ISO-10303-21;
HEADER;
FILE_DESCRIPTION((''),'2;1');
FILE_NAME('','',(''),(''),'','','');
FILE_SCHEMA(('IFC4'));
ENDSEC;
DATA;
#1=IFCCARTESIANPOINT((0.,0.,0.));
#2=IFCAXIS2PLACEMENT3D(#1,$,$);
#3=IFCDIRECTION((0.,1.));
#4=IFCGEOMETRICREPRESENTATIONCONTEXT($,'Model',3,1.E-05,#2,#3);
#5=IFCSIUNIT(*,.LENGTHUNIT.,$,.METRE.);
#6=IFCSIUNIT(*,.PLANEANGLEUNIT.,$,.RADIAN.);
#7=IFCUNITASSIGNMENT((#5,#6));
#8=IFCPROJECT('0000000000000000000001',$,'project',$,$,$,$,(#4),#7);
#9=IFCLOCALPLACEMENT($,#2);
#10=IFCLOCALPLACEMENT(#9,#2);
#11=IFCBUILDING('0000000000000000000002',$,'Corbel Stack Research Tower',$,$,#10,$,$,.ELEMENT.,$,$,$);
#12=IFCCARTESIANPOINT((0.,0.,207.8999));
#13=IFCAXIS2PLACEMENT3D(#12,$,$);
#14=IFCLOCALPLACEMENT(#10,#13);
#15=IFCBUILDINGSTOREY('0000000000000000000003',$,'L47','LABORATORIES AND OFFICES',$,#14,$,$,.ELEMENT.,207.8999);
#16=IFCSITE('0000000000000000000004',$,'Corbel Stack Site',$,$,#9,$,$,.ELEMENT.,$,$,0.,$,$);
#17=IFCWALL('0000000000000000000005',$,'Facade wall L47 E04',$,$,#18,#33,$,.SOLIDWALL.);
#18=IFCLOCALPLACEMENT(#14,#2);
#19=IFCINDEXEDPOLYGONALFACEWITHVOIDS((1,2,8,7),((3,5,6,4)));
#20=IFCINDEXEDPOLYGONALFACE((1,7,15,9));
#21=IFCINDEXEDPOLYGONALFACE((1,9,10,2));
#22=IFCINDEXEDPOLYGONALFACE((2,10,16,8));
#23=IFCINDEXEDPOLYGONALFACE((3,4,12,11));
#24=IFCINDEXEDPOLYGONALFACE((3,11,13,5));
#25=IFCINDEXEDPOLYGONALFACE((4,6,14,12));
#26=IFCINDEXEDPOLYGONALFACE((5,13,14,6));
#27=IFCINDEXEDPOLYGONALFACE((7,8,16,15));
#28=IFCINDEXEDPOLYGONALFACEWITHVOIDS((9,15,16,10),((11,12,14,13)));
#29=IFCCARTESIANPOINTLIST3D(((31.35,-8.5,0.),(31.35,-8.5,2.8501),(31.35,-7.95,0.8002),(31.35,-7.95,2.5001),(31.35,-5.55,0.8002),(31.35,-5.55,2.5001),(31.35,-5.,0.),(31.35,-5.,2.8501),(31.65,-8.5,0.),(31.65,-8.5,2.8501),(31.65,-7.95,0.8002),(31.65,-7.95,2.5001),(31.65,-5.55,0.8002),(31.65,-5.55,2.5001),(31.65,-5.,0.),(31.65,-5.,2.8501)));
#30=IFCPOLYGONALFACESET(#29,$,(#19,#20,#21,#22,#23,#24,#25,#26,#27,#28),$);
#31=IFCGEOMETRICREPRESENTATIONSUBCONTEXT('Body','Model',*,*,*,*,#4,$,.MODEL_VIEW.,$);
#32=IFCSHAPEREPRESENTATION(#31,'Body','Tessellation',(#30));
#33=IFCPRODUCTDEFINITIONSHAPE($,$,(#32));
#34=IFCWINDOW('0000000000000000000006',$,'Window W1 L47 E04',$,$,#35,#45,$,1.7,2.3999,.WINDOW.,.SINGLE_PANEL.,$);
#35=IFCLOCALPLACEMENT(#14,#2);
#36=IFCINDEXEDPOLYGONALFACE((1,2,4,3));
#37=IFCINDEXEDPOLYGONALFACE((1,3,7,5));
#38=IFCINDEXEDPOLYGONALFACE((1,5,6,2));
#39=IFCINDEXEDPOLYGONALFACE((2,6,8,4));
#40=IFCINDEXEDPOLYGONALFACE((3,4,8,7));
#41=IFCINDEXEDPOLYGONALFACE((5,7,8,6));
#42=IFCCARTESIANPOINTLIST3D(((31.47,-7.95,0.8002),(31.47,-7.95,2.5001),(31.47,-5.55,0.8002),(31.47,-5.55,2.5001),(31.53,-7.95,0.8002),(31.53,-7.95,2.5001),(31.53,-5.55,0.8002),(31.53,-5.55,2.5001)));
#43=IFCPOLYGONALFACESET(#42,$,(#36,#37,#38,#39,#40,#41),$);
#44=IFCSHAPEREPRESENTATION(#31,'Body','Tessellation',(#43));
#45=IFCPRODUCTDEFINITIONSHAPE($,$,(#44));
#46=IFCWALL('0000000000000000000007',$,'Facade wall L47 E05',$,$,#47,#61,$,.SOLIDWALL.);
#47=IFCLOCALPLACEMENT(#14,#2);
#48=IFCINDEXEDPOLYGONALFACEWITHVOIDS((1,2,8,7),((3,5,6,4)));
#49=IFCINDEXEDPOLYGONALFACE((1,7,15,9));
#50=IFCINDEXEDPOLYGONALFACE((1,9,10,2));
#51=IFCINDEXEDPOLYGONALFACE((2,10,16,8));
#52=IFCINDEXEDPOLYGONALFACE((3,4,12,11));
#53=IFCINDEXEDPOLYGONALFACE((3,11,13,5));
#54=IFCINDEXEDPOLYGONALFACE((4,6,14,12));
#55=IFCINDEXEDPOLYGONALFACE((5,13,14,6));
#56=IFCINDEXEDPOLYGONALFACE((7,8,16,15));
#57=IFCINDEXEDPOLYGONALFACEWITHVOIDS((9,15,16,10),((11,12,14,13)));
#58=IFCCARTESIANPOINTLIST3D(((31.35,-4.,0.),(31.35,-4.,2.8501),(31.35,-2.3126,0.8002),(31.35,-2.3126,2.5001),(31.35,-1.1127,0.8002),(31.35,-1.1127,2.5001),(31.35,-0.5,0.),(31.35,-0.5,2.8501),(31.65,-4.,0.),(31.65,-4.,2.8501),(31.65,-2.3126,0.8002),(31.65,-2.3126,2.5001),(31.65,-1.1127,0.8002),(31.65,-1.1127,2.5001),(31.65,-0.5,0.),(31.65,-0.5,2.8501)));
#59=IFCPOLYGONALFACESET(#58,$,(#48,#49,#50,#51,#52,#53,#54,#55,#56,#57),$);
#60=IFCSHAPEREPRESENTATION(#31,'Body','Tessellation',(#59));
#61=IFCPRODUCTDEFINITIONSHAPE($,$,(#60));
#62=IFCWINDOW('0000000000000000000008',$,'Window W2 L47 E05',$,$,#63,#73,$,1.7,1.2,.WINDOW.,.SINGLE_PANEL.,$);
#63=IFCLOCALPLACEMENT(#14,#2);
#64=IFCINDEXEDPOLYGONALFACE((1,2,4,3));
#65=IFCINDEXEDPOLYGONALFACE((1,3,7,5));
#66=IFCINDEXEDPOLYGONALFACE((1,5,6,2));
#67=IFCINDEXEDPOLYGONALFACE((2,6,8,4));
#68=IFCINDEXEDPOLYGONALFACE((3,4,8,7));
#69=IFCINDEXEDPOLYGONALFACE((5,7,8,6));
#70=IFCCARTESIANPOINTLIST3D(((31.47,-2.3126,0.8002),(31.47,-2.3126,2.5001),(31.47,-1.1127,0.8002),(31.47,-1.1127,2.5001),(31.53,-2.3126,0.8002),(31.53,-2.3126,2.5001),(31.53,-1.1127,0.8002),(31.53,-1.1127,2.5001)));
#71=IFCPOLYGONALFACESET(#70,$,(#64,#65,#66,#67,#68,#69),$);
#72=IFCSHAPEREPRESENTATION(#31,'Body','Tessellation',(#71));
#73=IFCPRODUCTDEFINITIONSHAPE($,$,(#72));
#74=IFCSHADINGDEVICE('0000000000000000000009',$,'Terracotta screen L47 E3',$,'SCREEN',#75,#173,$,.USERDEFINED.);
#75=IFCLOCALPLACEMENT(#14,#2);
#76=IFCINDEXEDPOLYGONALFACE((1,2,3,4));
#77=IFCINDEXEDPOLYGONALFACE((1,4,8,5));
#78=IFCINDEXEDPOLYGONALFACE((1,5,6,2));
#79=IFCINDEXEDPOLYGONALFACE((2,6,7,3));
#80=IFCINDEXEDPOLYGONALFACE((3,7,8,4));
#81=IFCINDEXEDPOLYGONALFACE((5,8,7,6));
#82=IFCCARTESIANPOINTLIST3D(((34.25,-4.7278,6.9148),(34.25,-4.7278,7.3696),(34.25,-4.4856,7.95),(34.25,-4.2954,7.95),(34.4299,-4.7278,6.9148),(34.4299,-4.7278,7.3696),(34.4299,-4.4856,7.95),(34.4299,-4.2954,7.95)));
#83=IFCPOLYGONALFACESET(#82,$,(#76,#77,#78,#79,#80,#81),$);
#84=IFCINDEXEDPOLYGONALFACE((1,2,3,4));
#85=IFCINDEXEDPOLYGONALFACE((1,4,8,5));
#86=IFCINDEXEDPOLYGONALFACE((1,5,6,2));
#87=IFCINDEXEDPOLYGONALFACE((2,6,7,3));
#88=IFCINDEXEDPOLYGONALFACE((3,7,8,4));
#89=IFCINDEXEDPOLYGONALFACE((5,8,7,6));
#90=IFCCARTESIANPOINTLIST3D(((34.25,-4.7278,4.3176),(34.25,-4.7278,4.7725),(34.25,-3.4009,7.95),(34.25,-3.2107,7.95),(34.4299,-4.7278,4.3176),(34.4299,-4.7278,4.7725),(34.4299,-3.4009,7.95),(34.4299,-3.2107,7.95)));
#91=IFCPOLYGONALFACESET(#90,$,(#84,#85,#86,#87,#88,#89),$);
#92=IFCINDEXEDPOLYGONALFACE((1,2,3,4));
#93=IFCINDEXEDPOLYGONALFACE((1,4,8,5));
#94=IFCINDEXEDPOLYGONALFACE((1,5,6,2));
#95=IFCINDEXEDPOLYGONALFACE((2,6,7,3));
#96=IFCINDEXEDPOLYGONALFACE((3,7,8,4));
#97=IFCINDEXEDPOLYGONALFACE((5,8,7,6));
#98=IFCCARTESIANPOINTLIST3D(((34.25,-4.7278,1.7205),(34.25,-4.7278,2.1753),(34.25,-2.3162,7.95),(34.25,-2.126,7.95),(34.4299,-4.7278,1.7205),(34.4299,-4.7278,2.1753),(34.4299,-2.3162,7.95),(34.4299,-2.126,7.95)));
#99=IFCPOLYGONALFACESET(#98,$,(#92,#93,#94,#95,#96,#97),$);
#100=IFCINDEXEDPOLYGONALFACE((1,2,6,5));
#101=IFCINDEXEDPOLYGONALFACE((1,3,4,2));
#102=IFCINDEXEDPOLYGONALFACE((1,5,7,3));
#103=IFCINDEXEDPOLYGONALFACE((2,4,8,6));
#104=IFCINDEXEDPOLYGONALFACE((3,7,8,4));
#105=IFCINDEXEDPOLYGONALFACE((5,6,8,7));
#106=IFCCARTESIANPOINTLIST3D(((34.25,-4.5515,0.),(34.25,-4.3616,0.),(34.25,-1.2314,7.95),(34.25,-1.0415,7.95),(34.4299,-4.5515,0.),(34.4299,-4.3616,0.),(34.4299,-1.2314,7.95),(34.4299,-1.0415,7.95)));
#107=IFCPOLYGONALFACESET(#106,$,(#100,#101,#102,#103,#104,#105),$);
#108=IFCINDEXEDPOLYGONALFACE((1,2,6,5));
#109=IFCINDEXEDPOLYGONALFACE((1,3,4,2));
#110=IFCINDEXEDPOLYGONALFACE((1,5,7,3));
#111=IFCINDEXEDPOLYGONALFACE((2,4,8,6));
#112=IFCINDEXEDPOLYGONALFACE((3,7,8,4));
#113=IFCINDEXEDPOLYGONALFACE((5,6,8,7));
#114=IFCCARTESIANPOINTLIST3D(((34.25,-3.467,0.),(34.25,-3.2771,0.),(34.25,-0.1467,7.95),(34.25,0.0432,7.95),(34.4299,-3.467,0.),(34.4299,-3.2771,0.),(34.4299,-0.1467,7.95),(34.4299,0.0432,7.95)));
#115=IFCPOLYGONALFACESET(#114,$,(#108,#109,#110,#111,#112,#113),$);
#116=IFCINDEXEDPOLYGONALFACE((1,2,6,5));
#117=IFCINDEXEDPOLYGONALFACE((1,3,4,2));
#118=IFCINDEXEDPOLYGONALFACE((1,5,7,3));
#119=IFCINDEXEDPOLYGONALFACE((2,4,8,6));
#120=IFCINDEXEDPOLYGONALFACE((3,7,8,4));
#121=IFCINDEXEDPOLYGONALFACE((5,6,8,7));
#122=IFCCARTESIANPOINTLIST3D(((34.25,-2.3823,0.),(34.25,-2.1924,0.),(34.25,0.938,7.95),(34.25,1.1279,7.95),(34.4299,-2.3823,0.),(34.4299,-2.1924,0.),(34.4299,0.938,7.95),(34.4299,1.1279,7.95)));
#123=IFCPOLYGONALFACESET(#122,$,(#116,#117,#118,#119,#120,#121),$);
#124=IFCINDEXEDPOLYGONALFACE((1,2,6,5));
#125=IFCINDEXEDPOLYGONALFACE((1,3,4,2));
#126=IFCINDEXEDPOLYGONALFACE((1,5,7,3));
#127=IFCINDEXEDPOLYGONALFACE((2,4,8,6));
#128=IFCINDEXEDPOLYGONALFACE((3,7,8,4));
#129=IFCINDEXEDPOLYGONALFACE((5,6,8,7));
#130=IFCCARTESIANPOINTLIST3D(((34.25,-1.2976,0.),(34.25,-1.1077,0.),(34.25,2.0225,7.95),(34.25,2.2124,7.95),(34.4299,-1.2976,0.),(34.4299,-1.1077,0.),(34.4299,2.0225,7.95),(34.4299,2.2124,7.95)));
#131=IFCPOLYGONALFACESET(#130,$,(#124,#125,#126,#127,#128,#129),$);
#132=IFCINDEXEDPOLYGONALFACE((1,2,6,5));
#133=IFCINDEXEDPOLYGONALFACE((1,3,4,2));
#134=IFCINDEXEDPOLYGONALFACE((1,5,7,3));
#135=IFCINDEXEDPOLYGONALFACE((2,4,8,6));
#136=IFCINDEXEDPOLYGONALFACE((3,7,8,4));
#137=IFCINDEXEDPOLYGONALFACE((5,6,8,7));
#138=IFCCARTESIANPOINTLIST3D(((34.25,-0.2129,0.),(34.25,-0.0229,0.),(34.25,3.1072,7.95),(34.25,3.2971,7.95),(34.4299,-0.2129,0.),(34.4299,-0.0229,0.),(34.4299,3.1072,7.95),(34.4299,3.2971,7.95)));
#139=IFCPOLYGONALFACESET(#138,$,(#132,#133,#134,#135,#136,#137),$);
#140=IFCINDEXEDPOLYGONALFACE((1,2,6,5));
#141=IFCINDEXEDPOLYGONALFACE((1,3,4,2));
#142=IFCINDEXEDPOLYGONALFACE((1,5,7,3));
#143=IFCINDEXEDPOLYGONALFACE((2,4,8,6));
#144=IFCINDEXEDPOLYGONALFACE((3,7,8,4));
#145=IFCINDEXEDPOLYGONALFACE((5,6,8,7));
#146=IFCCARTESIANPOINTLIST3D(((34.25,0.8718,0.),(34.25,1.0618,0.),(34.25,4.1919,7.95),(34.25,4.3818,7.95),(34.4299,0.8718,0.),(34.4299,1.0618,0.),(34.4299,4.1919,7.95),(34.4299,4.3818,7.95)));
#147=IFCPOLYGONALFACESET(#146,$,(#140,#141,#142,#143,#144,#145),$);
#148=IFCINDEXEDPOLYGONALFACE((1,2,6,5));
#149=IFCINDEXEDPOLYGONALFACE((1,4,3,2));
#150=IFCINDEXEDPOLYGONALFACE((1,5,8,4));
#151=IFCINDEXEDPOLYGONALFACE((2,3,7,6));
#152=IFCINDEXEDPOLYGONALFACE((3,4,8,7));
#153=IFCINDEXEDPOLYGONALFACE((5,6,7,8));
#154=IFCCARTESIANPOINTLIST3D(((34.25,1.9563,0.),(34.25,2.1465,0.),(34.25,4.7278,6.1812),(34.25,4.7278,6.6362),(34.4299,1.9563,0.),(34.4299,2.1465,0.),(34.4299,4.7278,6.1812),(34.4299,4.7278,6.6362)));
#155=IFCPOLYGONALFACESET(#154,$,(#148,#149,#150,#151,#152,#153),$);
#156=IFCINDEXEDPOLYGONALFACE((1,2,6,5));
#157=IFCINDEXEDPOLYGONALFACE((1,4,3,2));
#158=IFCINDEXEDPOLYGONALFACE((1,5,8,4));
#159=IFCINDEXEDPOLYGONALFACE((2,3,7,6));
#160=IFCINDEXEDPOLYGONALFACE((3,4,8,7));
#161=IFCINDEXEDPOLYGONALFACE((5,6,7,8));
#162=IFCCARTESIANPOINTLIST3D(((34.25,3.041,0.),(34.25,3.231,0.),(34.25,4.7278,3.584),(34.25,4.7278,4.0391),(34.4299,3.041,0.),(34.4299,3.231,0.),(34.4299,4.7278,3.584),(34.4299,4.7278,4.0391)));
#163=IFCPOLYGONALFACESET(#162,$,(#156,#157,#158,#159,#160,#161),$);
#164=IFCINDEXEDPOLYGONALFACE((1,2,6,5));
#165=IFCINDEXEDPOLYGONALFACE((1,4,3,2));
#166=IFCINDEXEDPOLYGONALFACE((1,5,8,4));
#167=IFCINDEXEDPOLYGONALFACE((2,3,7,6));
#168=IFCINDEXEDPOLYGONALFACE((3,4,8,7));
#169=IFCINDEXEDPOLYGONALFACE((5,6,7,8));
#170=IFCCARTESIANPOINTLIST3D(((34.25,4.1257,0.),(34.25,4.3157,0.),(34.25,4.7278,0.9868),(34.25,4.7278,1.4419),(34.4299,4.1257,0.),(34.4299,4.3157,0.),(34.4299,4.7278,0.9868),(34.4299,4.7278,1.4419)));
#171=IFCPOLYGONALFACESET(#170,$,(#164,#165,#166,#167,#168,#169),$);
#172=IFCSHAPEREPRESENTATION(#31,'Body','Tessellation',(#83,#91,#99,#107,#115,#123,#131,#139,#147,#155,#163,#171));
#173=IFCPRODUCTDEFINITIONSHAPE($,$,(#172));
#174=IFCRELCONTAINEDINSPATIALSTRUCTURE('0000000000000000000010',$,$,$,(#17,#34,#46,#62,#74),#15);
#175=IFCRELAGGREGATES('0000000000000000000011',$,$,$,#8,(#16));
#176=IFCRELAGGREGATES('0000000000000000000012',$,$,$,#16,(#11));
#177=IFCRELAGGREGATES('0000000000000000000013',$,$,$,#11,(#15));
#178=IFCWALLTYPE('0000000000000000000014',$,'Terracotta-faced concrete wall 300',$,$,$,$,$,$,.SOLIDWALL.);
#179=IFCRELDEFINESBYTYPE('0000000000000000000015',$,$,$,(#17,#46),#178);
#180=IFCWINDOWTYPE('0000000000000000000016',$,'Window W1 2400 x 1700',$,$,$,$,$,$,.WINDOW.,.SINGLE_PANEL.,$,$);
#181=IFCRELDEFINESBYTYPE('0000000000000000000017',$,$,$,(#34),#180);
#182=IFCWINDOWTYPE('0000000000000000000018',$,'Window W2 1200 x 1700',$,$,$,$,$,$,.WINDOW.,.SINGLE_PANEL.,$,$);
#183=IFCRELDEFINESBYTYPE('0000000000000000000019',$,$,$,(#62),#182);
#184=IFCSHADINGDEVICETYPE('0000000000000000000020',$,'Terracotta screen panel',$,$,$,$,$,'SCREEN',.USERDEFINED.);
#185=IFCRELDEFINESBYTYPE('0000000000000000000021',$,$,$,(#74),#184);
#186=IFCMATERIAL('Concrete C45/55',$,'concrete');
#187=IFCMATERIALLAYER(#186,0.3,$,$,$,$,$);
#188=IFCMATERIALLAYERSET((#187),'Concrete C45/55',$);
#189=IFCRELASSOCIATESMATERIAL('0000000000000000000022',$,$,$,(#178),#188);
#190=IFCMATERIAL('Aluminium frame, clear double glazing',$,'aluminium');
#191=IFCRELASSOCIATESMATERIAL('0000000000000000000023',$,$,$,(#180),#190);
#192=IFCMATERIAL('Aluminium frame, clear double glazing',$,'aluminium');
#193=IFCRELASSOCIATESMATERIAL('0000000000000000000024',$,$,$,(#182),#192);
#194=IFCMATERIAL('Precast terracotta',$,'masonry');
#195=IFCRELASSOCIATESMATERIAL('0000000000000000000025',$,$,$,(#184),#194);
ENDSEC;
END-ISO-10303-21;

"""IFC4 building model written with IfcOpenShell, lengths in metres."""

from ifc_helpers import new_model, si_unit, direction, frame, frame_2d, origin, place, context, subcontext, project, spatial, polyline, rectangle, outline, extrude, source, transform, mapped, material, layer, layer_set, type_object, element, fill, save


model = new_model("IFC4")

# Units and contexts
model_context = context("Model", 3, precision=1e-05, world=origin(), true_north=direction((0.0, 1.0)))
body_context = subcontext(model_context, "Body", "Model", "MODEL_VIEW")
ifc_project = project(units=[si_unit("LENGTHUNIT", "METRE"), si_unit("PLANEANGLEUNIT", "RADIAN")], contexts=[model_context])

# Site, building, storey
site_placement = place(None, origin())
site = spatial("IfcSite", under=ifc_project, at=site_placement, Name="Corbel Stack Site", CompositionType="ELEMENT", RefElevation=0.0)
building_placement = place(site_placement, origin())
building = spatial("IfcBuilding", under=site, at=building_placement, Name="Corbel Stack Research Tower", CompositionType="ELEMENT")
storey_placement = place(building_placement, frame((0.0, 0.0, 207.8999)))
storey = spatial("IfcBuildingStorey", under=building, at=storey_placement, Name="L47", Description="LABORATORIES AND OFFICES", CompositionType="ELEMENT", Elevation=207.8999)

# Walls, openings, windows
ifc_material_1 = material(Name="Concrete C45/55", Category="concrete")
ifc_layer_1 = layer(ifc_material_1, 0.3)
ifc_layer_set_1 = layer_set([ifc_layer_1], Name="Concrete C45/55")
wall_type_1 = type_object("IfcWallType", Name="Terracotta-faced concrete wall 300", PredefinedType="SOLIDWALL", material=ifc_layer_set_1)
wall_1_placement = place(storey_placement, frame((31.5, -5.0, 0.0), z_axis=(0.0, 0.0, 1.0), x_axis=(0.0, -1.0, 0.0)))
wall_1 = element("IfcWall", 1, at=wall_1_placement, inside=storey, type_object=wall_type_1, Name="Facade wall L47 E04", PredefinedType="SOLIDWALL", context=body_context, shape_type="SweptSolid", body=[
    extrude(rectangle(XDim=3.5, YDim=0.3, at=frame_2d((1.75, 0.0))), origin(), (0.0, 0.0, 1.0), 2.8501),
])
opening_1_placement = place(wall_1_placement, frame((0.55, 0.0, 0.8)))
opening_1 = element("IfcOpeningElement", 2, at=opening_1_placement, cuts=wall_1, PredefinedType="OPENING", context=body_context, shape_type="SweptSolid", body=[
    extrude(rectangle(XDim=2.3999, YDim=1.7, at=frame_2d((1.2, 0.8501))), frame((0.0, 0.1599, 0.0), z_axis=(0.0, -1.0, 0.0), x_axis=(1.0, 0.0, 0.0)), (0.0, 0.0, 1.0), 0.3201),
])
ifc_material_2 = material(Name="Aluminium frame, clear double glazing", Category="aluminium")
window_type_1 = type_object("IfcWindowType", Name="Window W1 2400 x 1700", PartitioningType="SINGLE_PANEL", PredefinedType="WINDOW", material=ifc_material_2)
window_1_placement = place(opening_1_placement, origin())
window_1 = element("IfcWindow", 3, at=window_1_placement, inside=storey, type_object=window_type_1, Name="Window W1 L47 E04", OverallHeight=1.7, OverallWidth=2.3999, PartitioningType="SINGLE_PANEL", PredefinedType="WINDOW", context=body_context, shape_type="SweptSolid", body=[
    extrude(rectangle(XDim=2.3999, YDim=1.7, at=frame_2d((1.2, 0.8501))), frame((0.0, 0.03, 0.0), z_axis=(0.0, -1.0, 0.0), x_axis=(1.0, 0.0, 0.0)), (0.0, 0.0, 1.0), 0.0601),
])
fill(opening_1, window_1)
wall_2_placement = place(storey_placement, frame((31.5, -0.5, 0.0), z_axis=(0.0, 0.0, 1.0), x_axis=(0.0, -1.0, 0.0)))
wall_2 = element("IfcWall", 4, at=wall_2_placement, inside=storey, type_object=wall_type_1, Name="Facade wall L47 E05", PredefinedType="SOLIDWALL", context=body_context, shape_type="SweptSolid", body=[
    extrude(rectangle(XDim=3.5, YDim=0.3, at=frame_2d((1.75, 0.0))), origin(), (0.0, 0.0, 1.0), 2.8501),
])
opening_2_placement = place(wall_2_placement, frame((0.6125, 0.0, 0.8)))
opening_2 = element("IfcOpeningElement", 5, at=opening_2_placement, cuts=wall_2, PredefinedType="OPENING", context=body_context, shape_type="SweptSolid", body=[
    extrude(rectangle(XDim=1.2, YDim=1.7, at=frame_2d((0.6001, 0.8501))), frame((0.0, 0.1599, 0.0), z_axis=(0.0, -1.0, 0.0), x_axis=(1.0, 0.0, 0.0)), (0.0, 0.0, 1.0), 0.3201),
])
ifc_material_3 = material(Name="Aluminium frame, clear double glazing", Category="aluminium")
window_type_2 = type_object("IfcWindowType", Name="Window W2 1200 x 1700", PartitioningType="SINGLE_PANEL", PredefinedType="WINDOW", material=ifc_material_3)
window_2_placement = place(opening_2_placement, origin())
window_2 = element("IfcWindow", 6, at=window_2_placement, inside=storey, type_object=window_type_2, Name="Window W2 L47 E05", OverallHeight=1.7, OverallWidth=1.2, PartitioningType="SINGLE_PANEL", PredefinedType="WINDOW", context=body_context, shape_type="SweptSolid", body=[
    extrude(rectangle(XDim=1.2, YDim=1.7, at=frame_2d((0.6001, 0.8501))), frame((0.0, 0.03, 0.0), z_axis=(0.0, -1.0, 0.0), x_axis=(1.0, 0.0, 0.0)), (0.0, 0.0, 1.0), 0.0601),
])
fill(opening_2, window_2)

# Shading device
ifc_material_4 = material(Name="Precast terracotta", Category="masonry")
shading_device_type = type_object("IfcShadingDeviceType", Name="Terracotta screen panel", ElementType="SCREEN", PredefinedType="USERDEFINED", material=ifc_material_4)
shared_shape = source(origin(), body_context, "Body", "SweptSolid", [
    extrude(outline(polyline([(0.4324, 7.95), (0.2422, 7.95), (0.0, 7.3696), (0.0, 6.9148), (0.4324, 7.95)])), frame((0.0, 0.0, 0.0), z_axis=(0.0, -1.0, 0.0), x_axis=(1.0, 0.0, 0.0)), (0.0, 0.0, 1.0), 0.1799),
    extrude(outline(polyline([(1.5171, 7.95), (1.3269, 7.95), (0.0, 4.7725), (0.0, 4.3176), (1.5171, 7.95)])), frame((0.0, 0.0, 0.0), z_axis=(0.0, -1.0, 0.0), x_axis=(1.0, 0.0, 0.0)), (0.0, 0.0, 1.0), 0.1799),
    extrude(outline(polyline([(2.6018, 7.95), (2.4116, 7.95), (0.0, 2.1753), (0.0, 1.7205), (2.6018, 7.95)])), frame((0.0, 0.0, 0.0), z_axis=(0.0, -1.0, 0.0), x_axis=(1.0, 0.0, 0.0)), (0.0, 0.0, 1.0), 0.1799),
    extrude(outline(polyline([(0.3662, 0.0), (3.6863, 7.95), (3.4963, 7.95), (0.1763, 0.0), (0.3662, 0.0)])), frame((0.0, 0.0, 0.0), z_axis=(0.0, -1.0, 0.0), x_axis=(1.0, 0.0, 0.0)), (0.0, 0.0, 1.0), 0.1799),
    extrude(outline(polyline([(1.4507, 0.0), (4.771, 7.95), (4.5811, 7.95), (1.2607, 0.0), (1.4507, 0.0)])), frame((0.0, 0.0, 0.0), z_axis=(0.0, -1.0, 0.0), x_axis=(1.0, 0.0, 0.0)), (0.0, 0.0, 1.0), 0.1799),
    extrude(outline(polyline([(2.5354, 0.0), (5.8557, 7.95), (5.6658, 7.95), (2.3455, 0.0), (2.5354, 0.0)])), frame((0.0, 0.0, 0.0), z_axis=(0.0, -1.0, 0.0), x_axis=(1.0, 0.0, 0.0)), (0.0, 0.0, 1.0), 0.1799),
    extrude(outline(polyline([(3.6201, 0.0), (6.9402, 7.95), (6.7502, 7.95), (3.4302, 0.0), (3.6201, 0.0)])), frame((0.0, 0.0, 0.0), z_axis=(0.0, -1.0, 0.0), x_axis=(1.0, 0.0, 0.0)), (0.0, 0.0, 1.0), 0.1799),
    extrude(outline(polyline([(4.7048, 0.0), (8.0249, 7.95), (7.835, 7.95), (4.5149, 0.0), (4.7048, 0.0)])), frame((0.0, 0.0, 0.0), z_axis=(0.0, -1.0, 0.0), x_axis=(1.0, 0.0, 0.0)), (0.0, 0.0, 1.0), 0.1799),
    extrude(outline(polyline([(5.7896, 0.0), (9.1096, 7.95), (8.9197, 7.95), (5.5996, 0.0), (5.7896, 0.0)])), frame((0.0, 0.0, 0.0), z_axis=(0.0, -1.0, 0.0), x_axis=(1.0, 0.0, 0.0)), (0.0, 0.0, 1.0), 0.1799),
    extrude(outline(polyline([(6.8743, 0.0), (9.4556, 6.1812), (9.4556, 6.6362), (6.6841, 0.0), (6.8743, 0.0)])), frame((0.0, 0.0, 0.0), z_axis=(0.0, -1.0, 0.0), x_axis=(1.0, 0.0, 0.0)), (0.0, 0.0, 1.0), 0.1799),
    extrude(outline(polyline([(7.9587, 0.0), (9.4556, 3.584), (9.4556, 4.0391), (7.7688, 0.0), (7.9587, 0.0)])), frame((0.0, 0.0, 0.0), z_axis=(0.0, -1.0, 0.0), x_axis=(1.0, 0.0, 0.0)), (0.0, 0.0, 1.0), 0.1799),
    extrude(outline(polyline([(9.0435, 0.0), (9.4556, 0.9868), (9.4556, 1.4419), (8.8535, 0.0), (9.0435, 0.0)])), frame((0.0, 0.0, 0.0), z_axis=(0.0, -1.0, 0.0), x_axis=(1.0, 0.0, 0.0)), (0.0, 0.0, 1.0), 0.1799),
])
shading_device_placement = place(storey_placement, frame((34.25, -4.7278, 0.0), z_axis=(0.0, 0.0, 1.0), x_axis=(0.0, 1.0, 0.0)))
element("IfcShadingDevice", 7, at=shading_device_placement, inside=storey, type_object=shading_device_type, Name="Terracotta screen L47 E3", ObjectType="SCREEN", PredefinedType="USERDEFINED", context=body_context, shape_type="MappedRepresentation", body=[
    mapped(shared_shape, transform((0.0, 0.0, 0.0))),
])

save(model, "model.ifc")
